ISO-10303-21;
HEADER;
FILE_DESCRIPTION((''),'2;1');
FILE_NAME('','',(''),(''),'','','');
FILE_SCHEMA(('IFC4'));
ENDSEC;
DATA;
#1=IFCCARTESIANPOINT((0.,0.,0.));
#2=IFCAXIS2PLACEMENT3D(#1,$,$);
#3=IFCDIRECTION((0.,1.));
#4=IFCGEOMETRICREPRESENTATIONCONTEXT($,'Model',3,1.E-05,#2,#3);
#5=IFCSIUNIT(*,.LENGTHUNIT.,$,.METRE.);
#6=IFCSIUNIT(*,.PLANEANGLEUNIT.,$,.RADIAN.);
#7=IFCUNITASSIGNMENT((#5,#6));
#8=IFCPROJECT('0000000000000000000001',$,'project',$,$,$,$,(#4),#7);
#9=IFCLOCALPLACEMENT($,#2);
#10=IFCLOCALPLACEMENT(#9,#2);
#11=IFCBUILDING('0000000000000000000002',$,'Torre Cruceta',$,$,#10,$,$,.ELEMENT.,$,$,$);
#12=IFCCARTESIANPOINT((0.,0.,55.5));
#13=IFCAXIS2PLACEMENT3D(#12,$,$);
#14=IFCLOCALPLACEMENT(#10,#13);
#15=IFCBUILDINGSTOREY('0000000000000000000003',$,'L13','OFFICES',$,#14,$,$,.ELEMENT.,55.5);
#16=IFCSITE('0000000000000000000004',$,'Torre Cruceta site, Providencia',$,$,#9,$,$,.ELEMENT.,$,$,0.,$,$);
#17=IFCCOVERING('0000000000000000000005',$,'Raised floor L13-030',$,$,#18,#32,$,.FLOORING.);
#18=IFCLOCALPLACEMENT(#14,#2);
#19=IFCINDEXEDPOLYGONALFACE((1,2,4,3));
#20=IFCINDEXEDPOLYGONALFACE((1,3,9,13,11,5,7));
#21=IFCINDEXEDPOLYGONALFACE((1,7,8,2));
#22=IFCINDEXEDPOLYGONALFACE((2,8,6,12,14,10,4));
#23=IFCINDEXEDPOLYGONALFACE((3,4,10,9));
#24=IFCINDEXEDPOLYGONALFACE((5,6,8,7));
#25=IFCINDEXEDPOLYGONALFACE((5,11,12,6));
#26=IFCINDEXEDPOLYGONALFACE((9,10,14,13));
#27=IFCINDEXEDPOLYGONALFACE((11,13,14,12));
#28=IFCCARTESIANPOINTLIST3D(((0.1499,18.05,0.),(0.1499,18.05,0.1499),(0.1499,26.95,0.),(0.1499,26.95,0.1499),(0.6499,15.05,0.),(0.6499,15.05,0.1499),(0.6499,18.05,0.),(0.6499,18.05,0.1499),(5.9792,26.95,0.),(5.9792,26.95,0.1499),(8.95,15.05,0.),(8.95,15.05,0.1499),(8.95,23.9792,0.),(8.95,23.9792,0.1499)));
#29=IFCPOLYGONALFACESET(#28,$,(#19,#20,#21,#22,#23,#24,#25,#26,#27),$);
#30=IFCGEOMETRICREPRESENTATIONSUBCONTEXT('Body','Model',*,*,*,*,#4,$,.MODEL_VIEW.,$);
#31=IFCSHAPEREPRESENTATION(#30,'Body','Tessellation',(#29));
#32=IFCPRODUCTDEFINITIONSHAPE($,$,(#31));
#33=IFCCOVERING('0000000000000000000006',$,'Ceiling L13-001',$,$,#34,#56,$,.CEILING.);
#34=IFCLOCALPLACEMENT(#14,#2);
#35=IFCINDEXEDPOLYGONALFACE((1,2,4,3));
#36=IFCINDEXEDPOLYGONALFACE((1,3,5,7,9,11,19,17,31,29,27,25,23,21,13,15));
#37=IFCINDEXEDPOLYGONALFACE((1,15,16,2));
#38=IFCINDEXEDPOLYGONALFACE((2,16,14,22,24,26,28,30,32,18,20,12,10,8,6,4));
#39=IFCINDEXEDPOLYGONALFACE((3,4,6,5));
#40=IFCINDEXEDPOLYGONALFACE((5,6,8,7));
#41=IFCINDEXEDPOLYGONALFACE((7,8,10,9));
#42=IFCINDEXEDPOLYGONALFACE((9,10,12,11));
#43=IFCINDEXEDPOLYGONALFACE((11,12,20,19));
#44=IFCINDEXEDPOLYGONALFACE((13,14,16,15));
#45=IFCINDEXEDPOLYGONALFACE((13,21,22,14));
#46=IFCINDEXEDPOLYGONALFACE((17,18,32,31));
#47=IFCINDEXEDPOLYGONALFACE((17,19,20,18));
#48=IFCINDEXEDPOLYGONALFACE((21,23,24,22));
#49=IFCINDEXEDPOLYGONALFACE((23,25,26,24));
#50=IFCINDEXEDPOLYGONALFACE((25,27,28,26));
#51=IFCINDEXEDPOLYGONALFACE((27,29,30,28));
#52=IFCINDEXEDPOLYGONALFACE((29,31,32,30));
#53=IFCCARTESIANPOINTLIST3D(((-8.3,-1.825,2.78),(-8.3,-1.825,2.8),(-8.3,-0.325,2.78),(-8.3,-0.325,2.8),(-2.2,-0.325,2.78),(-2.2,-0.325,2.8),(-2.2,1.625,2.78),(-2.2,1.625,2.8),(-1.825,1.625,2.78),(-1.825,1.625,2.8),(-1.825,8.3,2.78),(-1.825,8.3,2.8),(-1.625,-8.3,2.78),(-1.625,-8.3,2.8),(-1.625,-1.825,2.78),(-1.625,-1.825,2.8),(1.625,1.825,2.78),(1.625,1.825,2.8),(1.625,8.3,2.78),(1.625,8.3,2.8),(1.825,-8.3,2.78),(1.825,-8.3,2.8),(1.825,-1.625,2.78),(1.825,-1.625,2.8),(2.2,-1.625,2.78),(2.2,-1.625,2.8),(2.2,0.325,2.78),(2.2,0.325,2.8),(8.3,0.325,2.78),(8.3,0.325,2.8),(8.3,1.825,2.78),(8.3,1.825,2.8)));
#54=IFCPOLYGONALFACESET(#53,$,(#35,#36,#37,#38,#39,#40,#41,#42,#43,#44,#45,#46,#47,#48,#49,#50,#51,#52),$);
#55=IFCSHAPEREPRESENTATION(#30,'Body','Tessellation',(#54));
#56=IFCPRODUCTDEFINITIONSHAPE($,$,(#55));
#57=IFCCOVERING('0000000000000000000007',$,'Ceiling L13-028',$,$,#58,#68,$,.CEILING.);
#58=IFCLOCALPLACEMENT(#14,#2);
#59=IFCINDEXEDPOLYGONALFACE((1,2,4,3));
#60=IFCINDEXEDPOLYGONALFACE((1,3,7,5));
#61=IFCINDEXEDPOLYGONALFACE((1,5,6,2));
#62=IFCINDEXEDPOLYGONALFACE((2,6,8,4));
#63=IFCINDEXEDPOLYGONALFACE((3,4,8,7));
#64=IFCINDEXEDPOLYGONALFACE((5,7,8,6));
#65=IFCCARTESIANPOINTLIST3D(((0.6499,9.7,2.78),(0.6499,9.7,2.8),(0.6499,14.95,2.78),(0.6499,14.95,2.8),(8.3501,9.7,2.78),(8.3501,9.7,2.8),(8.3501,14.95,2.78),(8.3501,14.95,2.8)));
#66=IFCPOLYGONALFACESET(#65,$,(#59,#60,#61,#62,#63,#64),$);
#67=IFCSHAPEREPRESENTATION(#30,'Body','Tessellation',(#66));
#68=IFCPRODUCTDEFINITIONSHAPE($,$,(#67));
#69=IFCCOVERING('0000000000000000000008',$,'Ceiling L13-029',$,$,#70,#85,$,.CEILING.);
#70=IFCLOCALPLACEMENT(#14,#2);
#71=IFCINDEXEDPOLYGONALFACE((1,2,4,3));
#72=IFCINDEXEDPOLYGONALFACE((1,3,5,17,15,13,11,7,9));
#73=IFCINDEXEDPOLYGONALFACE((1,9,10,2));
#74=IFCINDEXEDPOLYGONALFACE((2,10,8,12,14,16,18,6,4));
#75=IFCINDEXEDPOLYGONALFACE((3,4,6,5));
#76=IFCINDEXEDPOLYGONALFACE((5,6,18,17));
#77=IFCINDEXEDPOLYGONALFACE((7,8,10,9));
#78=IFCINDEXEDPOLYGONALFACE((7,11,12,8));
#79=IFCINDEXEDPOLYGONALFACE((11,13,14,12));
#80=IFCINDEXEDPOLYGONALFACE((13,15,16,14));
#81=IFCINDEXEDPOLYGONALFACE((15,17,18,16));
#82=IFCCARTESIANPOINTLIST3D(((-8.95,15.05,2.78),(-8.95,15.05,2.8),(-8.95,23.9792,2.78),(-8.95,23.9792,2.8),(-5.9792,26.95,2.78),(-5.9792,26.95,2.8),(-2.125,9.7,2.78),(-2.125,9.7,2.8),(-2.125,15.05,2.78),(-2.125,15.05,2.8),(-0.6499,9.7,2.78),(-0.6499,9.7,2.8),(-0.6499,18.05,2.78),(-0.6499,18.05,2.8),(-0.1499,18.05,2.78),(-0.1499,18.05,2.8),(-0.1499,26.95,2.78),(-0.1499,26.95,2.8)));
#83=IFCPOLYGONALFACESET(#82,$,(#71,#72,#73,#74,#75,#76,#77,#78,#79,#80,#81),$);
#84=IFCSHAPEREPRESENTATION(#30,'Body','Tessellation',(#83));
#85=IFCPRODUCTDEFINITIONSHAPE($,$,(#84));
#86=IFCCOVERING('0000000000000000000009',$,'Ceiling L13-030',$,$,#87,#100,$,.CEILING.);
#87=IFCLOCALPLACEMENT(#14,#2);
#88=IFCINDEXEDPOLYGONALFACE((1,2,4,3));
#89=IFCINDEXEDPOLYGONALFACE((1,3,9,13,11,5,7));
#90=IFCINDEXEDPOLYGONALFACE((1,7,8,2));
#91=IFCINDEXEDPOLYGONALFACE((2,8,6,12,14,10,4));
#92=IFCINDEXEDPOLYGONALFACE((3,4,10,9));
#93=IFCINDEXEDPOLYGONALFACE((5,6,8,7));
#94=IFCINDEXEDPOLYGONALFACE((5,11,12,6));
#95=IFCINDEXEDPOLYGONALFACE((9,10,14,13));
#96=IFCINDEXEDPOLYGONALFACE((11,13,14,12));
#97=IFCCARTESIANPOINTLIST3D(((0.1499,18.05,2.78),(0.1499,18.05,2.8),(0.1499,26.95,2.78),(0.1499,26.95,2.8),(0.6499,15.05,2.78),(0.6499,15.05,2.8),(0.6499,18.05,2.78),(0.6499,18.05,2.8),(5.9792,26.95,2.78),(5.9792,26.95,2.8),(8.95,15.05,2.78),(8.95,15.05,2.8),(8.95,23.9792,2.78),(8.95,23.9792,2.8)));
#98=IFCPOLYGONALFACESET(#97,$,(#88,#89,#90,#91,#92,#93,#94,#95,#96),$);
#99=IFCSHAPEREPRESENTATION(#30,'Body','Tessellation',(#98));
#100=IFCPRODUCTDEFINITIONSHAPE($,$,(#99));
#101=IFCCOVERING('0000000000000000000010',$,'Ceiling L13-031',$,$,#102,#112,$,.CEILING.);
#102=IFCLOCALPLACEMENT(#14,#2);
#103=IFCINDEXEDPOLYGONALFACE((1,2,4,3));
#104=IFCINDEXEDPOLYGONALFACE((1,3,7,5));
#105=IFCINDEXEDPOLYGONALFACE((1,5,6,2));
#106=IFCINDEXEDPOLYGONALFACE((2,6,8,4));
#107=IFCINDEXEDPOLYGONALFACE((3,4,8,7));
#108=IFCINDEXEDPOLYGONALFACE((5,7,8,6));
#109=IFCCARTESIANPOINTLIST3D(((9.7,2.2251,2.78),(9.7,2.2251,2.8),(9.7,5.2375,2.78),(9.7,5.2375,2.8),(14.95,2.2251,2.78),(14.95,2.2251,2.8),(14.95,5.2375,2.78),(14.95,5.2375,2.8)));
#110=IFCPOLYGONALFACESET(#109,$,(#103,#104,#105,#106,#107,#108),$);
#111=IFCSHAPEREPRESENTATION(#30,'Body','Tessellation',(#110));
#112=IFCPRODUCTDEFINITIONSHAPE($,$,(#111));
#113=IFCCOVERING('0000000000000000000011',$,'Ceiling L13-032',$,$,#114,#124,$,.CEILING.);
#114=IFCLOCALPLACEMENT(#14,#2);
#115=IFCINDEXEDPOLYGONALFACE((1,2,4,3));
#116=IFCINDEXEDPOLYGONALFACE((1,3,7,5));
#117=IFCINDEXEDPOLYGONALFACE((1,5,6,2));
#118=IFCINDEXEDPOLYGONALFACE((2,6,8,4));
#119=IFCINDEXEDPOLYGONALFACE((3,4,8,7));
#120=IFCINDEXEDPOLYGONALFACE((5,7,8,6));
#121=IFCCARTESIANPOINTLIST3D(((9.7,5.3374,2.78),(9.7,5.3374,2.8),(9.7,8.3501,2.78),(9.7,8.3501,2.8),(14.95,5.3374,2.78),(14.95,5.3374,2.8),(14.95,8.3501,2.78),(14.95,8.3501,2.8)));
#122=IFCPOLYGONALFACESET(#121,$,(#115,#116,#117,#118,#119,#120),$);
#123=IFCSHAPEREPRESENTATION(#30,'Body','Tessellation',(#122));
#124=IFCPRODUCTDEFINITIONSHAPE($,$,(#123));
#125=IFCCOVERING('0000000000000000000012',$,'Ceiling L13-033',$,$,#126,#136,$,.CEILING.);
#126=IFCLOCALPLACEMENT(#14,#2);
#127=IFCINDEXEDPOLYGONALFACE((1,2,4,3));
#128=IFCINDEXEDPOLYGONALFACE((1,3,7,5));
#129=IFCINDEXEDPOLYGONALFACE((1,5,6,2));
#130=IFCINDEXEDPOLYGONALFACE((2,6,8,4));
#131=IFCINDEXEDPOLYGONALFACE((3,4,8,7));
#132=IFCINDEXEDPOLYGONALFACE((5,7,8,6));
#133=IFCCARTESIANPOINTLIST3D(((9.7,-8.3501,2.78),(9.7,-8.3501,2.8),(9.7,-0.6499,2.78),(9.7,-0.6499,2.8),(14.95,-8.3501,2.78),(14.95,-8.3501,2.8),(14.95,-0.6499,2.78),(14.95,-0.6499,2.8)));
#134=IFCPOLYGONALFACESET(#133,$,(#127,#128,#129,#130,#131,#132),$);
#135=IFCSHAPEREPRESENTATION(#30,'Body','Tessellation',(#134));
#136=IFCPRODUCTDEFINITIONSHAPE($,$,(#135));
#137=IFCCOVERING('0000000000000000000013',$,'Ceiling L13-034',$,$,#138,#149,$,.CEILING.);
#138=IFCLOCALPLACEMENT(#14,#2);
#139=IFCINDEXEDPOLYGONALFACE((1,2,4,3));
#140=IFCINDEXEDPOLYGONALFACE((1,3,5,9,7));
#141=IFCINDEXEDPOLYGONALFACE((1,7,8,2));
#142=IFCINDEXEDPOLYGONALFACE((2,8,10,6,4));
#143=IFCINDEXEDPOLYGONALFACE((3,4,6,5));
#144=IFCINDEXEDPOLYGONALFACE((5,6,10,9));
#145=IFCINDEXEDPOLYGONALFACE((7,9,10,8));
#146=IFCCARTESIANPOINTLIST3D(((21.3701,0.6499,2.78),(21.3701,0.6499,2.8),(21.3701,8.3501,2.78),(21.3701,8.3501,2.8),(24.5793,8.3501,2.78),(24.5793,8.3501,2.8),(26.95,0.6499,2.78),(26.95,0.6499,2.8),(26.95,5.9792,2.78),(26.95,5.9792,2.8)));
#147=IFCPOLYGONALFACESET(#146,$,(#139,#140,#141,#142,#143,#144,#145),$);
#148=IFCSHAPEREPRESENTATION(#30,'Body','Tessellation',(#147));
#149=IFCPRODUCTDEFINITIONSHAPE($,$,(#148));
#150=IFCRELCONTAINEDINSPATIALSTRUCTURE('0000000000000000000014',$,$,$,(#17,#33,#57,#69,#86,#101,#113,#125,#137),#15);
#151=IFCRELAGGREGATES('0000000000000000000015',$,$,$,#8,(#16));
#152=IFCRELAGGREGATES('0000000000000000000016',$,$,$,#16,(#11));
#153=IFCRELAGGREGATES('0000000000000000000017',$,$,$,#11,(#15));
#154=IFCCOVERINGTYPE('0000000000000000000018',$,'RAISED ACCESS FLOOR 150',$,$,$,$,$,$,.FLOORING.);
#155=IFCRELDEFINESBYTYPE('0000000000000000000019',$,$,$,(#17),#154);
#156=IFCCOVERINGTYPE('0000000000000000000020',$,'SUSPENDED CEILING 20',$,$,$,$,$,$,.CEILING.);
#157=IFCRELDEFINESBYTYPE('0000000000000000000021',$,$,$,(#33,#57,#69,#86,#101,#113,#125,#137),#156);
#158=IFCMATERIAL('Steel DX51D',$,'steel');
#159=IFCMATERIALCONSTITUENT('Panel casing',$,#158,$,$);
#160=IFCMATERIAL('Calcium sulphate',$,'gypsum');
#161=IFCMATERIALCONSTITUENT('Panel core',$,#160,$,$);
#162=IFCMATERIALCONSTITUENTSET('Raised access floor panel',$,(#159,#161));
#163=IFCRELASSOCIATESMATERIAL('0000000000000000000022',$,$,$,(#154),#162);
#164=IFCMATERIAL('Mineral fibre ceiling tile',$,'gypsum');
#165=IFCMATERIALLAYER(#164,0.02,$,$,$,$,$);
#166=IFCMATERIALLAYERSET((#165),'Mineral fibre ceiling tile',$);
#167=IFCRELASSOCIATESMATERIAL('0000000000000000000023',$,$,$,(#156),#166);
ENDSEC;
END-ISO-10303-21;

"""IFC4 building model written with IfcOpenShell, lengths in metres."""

from ifc_helpers import new_model, si_unit, direction, frame, origin, place, context, subcontext, project, spatial, polyline, outline, extrude, material, layer, layer_set, constituent, constituent_set, type_object, element, save


model = new_model("IFC4")

# Units and contexts
model_context = context("Model", 3, precision=1e-05, world=origin(), true_north=direction((0.0, 1.0)))
body_context = subcontext(model_context, "Body", "Model", "MODEL_VIEW")
ifc_project = project(units=[si_unit("LENGTHUNIT", "METRE"), si_unit("PLANEANGLEUNIT", "RADIAN")], contexts=[model_context])

# Site, building, storey
site_placement = place(None, origin())
site = spatial("IfcSite", under=ifc_project, at=site_placement, Name="Torre Cruceta site, Providencia", CompositionType="ELEMENT", RefElevation=0.0)
building_placement = place(site_placement, origin())
building = spatial("IfcBuilding", under=site, at=building_placement, Name="Torre Cruceta", CompositionType="ELEMENT")
storey_placement = place(building_placement, frame((0.0, 0.0, 55.5)))
storey = spatial("IfcBuildingStorey", under=building, at=storey_placement, Name="L13", Description="OFFICES", CompositionType="ELEMENT", Elevation=55.5)

# Coverings
ifc_material_1 = material(Name="Steel DX51D", Category="steel")
ifc_constituent_1 = constituent(ifc_material_1, Name="Panel casing")
ifc_material_2 = material(Name="Calcium sulphate", Category="gypsum")
ifc_constituent_2 = constituent(ifc_material_2, Name="Panel core")
ifc_constituent_set_1 = constituent_set(constituents=[ifc_constituent_1, ifc_constituent_2], Name="Raised access floor panel")
covering_type_1 = type_object("IfcCoveringType", Name="RAISED ACCESS FLOOR 150", PredefinedType="FLOORING", material=ifc_constituent_set_1)
covering_1_placement = place(storey_placement, origin())
element("IfcCovering", 1, at=covering_1_placement, inside=storey, type_object=covering_type_1, Name="Raised floor L13-030", PredefinedType="FLOORING", context=body_context, shape_type="SweptSolid", body=[
    extrude(outline(polyline([(5.9792, 26.95), (8.95, 23.9792), (8.95, 15.05), (0.6499, 15.05), (0.6499, 18.05), (0.1499, 18.05), (0.1499, 26.95), (5.9792, 26.95)])), origin(), (0.0, 0.0, 1.0), 0.1499),
])
ifc_material_3 = material(Name="Mineral fibre ceiling tile", Category="gypsum")
ifc_layer_1 = layer(ifc_material_3, 0.02)
ifc_layer_set_1 = layer_set([ifc_layer_1], Name="Mineral fibre ceiling tile")
covering_type_2 = type_object("IfcCoveringType", Name="SUSPENDED CEILING 20", PredefinedType="CEILING", material=ifc_layer_set_1)
covering_2_placement = place(storey_placement, frame((0.0, 0.0, 2.78)))
element("IfcCovering", 2, at=covering_2_placement, inside=storey, type_object=covering_type_2, Name="Ceiling L13-001", PredefinedType="CEILING", context=body_context, shape_type="SweptSolid", body=[
    extrude(outline(polyline([(1.825, -8.3), (-1.625, -8.3), (-1.625, -1.825), (-8.3, -1.825), (-8.3, -0.325), (-2.2, -0.325), (-2.2, 1.625), (-1.825, 1.625), (-1.825, 8.3), (1.625, 8.3), (1.625, 1.825), (8.3, 1.825), (8.3, 0.325), (2.2, 0.325), (2.2, -1.625), (1.825, -1.625), (1.825, -8.3)])), origin(), (0.0, 0.0, 1.0), 0.02),
])
covering_3_placement = place(storey_placement, frame((0.0, 0.0, 2.78)))
element("IfcCovering", 3, at=covering_3_placement, inside=storey, type_object=covering_type_2, Name="Ceiling L13-028", PredefinedType="CEILING", context=body_context, shape_type="SweptSolid", body=[
    extrude(outline(polyline([(8.3501, 9.7), (0.6499, 9.7), (0.6499, 14.95), (8.3501, 14.95), (8.3501, 9.7)])), origin(), (0.0, 0.0, 1.0), 0.02),
])
covering_4_placement = place(storey_placement, frame((0.0, 0.0, 2.78)))
element("IfcCovering", 4, at=covering_4_placement, inside=storey, type_object=covering_type_2, Name="Ceiling L13-029", PredefinedType="CEILING", context=body_context, shape_type="SweptSolid", body=[
    extrude(outline(polyline([(-0.1499, 26.95), (-0.1499, 18.05), (-0.6499, 18.05), (-0.6499, 9.7), (-2.125, 9.7), (-2.125, 15.05), (-8.95, 15.05), (-8.95, 23.9792), (-5.9792, 26.95), (-0.1499, 26.95)])), origin(), (0.0, 0.0, 1.0), 0.02),
])
covering_5_placement = place(storey_placement, frame((0.0, 0.0, 2.78)))
element("IfcCovering", 5, at=covering_5_placement, inside=storey, type_object=covering_type_2, Name="Ceiling L13-030", PredefinedType="CEILING", context=body_context, shape_type="SweptSolid", body=[
    extrude(outline(polyline([(5.9792, 26.95), (8.95, 23.9792), (8.95, 15.05), (0.6499, 15.05), (0.6499, 18.05), (0.1499, 18.05), (0.1499, 26.95), (5.9792, 26.95)])), origin(), (0.0, 0.0, 1.0), 0.02),
])
covering_6_placement = place(storey_placement, frame((0.0, 0.0, 2.78)))
element("IfcCovering", 6, at=covering_6_placement, inside=storey, type_object=covering_type_2, Name="Ceiling L13-031", PredefinedType="CEILING", context=body_context, shape_type="SweptSolid", body=[
    extrude(outline(polyline([(9.7, 2.2251), (9.7, 5.2375), (14.95, 5.2375), (14.95, 2.2251), (9.7, 2.2251)])), origin(), (0.0, 0.0, 1.0), 0.02),
])
covering_7_placement = place(storey_placement, frame((0.0, 0.0, 2.78)))
element("IfcCovering", 7, at=covering_7_placement, inside=storey, type_object=covering_type_2, Name="Ceiling L13-032", PredefinedType="CEILING", context=body_context, shape_type="SweptSolid", body=[
    extrude(outline(polyline([(9.7, 5.3374), (9.7, 8.3501), (14.95, 8.3501), (14.95, 5.3374), (9.7, 5.3374)])), origin(), (0.0, 0.0, 1.0), 0.02),
])
covering_8_placement = place(storey_placement, frame((0.0, 0.0, 2.78)))
element("IfcCovering", 8, at=covering_8_placement, inside=storey, type_object=covering_type_2, Name="Ceiling L13-033", PredefinedType="CEILING", context=body_context, shape_type="SweptSolid", body=[
    extrude(outline(polyline([(9.7, -8.3501), (9.7, -0.6499), (14.95, -0.6499), (14.95, -8.3501), (9.7, -8.3501)])), origin(), (0.0, 0.0, 1.0), 0.02),
])
covering_9_placement = place(storey_placement, frame((0.0, 0.0, 2.78)))
element("IfcCovering", 9, at=covering_9_placement, inside=storey, type_object=covering_type_2, Name="Ceiling L13-034", PredefinedType="CEILING", context=body_context, shape_type="SweptSolid", body=[
    extrude(outline(polyline([(26.95, 0.6499), (21.3701, 0.6499), (21.3701, 8.3501), (24.5793, 8.3501), (26.95, 5.9792), (26.95, 0.6499)])), origin(), (0.0, 0.0, 1.0), 0.02),
])

save(model, "model.ifc")
